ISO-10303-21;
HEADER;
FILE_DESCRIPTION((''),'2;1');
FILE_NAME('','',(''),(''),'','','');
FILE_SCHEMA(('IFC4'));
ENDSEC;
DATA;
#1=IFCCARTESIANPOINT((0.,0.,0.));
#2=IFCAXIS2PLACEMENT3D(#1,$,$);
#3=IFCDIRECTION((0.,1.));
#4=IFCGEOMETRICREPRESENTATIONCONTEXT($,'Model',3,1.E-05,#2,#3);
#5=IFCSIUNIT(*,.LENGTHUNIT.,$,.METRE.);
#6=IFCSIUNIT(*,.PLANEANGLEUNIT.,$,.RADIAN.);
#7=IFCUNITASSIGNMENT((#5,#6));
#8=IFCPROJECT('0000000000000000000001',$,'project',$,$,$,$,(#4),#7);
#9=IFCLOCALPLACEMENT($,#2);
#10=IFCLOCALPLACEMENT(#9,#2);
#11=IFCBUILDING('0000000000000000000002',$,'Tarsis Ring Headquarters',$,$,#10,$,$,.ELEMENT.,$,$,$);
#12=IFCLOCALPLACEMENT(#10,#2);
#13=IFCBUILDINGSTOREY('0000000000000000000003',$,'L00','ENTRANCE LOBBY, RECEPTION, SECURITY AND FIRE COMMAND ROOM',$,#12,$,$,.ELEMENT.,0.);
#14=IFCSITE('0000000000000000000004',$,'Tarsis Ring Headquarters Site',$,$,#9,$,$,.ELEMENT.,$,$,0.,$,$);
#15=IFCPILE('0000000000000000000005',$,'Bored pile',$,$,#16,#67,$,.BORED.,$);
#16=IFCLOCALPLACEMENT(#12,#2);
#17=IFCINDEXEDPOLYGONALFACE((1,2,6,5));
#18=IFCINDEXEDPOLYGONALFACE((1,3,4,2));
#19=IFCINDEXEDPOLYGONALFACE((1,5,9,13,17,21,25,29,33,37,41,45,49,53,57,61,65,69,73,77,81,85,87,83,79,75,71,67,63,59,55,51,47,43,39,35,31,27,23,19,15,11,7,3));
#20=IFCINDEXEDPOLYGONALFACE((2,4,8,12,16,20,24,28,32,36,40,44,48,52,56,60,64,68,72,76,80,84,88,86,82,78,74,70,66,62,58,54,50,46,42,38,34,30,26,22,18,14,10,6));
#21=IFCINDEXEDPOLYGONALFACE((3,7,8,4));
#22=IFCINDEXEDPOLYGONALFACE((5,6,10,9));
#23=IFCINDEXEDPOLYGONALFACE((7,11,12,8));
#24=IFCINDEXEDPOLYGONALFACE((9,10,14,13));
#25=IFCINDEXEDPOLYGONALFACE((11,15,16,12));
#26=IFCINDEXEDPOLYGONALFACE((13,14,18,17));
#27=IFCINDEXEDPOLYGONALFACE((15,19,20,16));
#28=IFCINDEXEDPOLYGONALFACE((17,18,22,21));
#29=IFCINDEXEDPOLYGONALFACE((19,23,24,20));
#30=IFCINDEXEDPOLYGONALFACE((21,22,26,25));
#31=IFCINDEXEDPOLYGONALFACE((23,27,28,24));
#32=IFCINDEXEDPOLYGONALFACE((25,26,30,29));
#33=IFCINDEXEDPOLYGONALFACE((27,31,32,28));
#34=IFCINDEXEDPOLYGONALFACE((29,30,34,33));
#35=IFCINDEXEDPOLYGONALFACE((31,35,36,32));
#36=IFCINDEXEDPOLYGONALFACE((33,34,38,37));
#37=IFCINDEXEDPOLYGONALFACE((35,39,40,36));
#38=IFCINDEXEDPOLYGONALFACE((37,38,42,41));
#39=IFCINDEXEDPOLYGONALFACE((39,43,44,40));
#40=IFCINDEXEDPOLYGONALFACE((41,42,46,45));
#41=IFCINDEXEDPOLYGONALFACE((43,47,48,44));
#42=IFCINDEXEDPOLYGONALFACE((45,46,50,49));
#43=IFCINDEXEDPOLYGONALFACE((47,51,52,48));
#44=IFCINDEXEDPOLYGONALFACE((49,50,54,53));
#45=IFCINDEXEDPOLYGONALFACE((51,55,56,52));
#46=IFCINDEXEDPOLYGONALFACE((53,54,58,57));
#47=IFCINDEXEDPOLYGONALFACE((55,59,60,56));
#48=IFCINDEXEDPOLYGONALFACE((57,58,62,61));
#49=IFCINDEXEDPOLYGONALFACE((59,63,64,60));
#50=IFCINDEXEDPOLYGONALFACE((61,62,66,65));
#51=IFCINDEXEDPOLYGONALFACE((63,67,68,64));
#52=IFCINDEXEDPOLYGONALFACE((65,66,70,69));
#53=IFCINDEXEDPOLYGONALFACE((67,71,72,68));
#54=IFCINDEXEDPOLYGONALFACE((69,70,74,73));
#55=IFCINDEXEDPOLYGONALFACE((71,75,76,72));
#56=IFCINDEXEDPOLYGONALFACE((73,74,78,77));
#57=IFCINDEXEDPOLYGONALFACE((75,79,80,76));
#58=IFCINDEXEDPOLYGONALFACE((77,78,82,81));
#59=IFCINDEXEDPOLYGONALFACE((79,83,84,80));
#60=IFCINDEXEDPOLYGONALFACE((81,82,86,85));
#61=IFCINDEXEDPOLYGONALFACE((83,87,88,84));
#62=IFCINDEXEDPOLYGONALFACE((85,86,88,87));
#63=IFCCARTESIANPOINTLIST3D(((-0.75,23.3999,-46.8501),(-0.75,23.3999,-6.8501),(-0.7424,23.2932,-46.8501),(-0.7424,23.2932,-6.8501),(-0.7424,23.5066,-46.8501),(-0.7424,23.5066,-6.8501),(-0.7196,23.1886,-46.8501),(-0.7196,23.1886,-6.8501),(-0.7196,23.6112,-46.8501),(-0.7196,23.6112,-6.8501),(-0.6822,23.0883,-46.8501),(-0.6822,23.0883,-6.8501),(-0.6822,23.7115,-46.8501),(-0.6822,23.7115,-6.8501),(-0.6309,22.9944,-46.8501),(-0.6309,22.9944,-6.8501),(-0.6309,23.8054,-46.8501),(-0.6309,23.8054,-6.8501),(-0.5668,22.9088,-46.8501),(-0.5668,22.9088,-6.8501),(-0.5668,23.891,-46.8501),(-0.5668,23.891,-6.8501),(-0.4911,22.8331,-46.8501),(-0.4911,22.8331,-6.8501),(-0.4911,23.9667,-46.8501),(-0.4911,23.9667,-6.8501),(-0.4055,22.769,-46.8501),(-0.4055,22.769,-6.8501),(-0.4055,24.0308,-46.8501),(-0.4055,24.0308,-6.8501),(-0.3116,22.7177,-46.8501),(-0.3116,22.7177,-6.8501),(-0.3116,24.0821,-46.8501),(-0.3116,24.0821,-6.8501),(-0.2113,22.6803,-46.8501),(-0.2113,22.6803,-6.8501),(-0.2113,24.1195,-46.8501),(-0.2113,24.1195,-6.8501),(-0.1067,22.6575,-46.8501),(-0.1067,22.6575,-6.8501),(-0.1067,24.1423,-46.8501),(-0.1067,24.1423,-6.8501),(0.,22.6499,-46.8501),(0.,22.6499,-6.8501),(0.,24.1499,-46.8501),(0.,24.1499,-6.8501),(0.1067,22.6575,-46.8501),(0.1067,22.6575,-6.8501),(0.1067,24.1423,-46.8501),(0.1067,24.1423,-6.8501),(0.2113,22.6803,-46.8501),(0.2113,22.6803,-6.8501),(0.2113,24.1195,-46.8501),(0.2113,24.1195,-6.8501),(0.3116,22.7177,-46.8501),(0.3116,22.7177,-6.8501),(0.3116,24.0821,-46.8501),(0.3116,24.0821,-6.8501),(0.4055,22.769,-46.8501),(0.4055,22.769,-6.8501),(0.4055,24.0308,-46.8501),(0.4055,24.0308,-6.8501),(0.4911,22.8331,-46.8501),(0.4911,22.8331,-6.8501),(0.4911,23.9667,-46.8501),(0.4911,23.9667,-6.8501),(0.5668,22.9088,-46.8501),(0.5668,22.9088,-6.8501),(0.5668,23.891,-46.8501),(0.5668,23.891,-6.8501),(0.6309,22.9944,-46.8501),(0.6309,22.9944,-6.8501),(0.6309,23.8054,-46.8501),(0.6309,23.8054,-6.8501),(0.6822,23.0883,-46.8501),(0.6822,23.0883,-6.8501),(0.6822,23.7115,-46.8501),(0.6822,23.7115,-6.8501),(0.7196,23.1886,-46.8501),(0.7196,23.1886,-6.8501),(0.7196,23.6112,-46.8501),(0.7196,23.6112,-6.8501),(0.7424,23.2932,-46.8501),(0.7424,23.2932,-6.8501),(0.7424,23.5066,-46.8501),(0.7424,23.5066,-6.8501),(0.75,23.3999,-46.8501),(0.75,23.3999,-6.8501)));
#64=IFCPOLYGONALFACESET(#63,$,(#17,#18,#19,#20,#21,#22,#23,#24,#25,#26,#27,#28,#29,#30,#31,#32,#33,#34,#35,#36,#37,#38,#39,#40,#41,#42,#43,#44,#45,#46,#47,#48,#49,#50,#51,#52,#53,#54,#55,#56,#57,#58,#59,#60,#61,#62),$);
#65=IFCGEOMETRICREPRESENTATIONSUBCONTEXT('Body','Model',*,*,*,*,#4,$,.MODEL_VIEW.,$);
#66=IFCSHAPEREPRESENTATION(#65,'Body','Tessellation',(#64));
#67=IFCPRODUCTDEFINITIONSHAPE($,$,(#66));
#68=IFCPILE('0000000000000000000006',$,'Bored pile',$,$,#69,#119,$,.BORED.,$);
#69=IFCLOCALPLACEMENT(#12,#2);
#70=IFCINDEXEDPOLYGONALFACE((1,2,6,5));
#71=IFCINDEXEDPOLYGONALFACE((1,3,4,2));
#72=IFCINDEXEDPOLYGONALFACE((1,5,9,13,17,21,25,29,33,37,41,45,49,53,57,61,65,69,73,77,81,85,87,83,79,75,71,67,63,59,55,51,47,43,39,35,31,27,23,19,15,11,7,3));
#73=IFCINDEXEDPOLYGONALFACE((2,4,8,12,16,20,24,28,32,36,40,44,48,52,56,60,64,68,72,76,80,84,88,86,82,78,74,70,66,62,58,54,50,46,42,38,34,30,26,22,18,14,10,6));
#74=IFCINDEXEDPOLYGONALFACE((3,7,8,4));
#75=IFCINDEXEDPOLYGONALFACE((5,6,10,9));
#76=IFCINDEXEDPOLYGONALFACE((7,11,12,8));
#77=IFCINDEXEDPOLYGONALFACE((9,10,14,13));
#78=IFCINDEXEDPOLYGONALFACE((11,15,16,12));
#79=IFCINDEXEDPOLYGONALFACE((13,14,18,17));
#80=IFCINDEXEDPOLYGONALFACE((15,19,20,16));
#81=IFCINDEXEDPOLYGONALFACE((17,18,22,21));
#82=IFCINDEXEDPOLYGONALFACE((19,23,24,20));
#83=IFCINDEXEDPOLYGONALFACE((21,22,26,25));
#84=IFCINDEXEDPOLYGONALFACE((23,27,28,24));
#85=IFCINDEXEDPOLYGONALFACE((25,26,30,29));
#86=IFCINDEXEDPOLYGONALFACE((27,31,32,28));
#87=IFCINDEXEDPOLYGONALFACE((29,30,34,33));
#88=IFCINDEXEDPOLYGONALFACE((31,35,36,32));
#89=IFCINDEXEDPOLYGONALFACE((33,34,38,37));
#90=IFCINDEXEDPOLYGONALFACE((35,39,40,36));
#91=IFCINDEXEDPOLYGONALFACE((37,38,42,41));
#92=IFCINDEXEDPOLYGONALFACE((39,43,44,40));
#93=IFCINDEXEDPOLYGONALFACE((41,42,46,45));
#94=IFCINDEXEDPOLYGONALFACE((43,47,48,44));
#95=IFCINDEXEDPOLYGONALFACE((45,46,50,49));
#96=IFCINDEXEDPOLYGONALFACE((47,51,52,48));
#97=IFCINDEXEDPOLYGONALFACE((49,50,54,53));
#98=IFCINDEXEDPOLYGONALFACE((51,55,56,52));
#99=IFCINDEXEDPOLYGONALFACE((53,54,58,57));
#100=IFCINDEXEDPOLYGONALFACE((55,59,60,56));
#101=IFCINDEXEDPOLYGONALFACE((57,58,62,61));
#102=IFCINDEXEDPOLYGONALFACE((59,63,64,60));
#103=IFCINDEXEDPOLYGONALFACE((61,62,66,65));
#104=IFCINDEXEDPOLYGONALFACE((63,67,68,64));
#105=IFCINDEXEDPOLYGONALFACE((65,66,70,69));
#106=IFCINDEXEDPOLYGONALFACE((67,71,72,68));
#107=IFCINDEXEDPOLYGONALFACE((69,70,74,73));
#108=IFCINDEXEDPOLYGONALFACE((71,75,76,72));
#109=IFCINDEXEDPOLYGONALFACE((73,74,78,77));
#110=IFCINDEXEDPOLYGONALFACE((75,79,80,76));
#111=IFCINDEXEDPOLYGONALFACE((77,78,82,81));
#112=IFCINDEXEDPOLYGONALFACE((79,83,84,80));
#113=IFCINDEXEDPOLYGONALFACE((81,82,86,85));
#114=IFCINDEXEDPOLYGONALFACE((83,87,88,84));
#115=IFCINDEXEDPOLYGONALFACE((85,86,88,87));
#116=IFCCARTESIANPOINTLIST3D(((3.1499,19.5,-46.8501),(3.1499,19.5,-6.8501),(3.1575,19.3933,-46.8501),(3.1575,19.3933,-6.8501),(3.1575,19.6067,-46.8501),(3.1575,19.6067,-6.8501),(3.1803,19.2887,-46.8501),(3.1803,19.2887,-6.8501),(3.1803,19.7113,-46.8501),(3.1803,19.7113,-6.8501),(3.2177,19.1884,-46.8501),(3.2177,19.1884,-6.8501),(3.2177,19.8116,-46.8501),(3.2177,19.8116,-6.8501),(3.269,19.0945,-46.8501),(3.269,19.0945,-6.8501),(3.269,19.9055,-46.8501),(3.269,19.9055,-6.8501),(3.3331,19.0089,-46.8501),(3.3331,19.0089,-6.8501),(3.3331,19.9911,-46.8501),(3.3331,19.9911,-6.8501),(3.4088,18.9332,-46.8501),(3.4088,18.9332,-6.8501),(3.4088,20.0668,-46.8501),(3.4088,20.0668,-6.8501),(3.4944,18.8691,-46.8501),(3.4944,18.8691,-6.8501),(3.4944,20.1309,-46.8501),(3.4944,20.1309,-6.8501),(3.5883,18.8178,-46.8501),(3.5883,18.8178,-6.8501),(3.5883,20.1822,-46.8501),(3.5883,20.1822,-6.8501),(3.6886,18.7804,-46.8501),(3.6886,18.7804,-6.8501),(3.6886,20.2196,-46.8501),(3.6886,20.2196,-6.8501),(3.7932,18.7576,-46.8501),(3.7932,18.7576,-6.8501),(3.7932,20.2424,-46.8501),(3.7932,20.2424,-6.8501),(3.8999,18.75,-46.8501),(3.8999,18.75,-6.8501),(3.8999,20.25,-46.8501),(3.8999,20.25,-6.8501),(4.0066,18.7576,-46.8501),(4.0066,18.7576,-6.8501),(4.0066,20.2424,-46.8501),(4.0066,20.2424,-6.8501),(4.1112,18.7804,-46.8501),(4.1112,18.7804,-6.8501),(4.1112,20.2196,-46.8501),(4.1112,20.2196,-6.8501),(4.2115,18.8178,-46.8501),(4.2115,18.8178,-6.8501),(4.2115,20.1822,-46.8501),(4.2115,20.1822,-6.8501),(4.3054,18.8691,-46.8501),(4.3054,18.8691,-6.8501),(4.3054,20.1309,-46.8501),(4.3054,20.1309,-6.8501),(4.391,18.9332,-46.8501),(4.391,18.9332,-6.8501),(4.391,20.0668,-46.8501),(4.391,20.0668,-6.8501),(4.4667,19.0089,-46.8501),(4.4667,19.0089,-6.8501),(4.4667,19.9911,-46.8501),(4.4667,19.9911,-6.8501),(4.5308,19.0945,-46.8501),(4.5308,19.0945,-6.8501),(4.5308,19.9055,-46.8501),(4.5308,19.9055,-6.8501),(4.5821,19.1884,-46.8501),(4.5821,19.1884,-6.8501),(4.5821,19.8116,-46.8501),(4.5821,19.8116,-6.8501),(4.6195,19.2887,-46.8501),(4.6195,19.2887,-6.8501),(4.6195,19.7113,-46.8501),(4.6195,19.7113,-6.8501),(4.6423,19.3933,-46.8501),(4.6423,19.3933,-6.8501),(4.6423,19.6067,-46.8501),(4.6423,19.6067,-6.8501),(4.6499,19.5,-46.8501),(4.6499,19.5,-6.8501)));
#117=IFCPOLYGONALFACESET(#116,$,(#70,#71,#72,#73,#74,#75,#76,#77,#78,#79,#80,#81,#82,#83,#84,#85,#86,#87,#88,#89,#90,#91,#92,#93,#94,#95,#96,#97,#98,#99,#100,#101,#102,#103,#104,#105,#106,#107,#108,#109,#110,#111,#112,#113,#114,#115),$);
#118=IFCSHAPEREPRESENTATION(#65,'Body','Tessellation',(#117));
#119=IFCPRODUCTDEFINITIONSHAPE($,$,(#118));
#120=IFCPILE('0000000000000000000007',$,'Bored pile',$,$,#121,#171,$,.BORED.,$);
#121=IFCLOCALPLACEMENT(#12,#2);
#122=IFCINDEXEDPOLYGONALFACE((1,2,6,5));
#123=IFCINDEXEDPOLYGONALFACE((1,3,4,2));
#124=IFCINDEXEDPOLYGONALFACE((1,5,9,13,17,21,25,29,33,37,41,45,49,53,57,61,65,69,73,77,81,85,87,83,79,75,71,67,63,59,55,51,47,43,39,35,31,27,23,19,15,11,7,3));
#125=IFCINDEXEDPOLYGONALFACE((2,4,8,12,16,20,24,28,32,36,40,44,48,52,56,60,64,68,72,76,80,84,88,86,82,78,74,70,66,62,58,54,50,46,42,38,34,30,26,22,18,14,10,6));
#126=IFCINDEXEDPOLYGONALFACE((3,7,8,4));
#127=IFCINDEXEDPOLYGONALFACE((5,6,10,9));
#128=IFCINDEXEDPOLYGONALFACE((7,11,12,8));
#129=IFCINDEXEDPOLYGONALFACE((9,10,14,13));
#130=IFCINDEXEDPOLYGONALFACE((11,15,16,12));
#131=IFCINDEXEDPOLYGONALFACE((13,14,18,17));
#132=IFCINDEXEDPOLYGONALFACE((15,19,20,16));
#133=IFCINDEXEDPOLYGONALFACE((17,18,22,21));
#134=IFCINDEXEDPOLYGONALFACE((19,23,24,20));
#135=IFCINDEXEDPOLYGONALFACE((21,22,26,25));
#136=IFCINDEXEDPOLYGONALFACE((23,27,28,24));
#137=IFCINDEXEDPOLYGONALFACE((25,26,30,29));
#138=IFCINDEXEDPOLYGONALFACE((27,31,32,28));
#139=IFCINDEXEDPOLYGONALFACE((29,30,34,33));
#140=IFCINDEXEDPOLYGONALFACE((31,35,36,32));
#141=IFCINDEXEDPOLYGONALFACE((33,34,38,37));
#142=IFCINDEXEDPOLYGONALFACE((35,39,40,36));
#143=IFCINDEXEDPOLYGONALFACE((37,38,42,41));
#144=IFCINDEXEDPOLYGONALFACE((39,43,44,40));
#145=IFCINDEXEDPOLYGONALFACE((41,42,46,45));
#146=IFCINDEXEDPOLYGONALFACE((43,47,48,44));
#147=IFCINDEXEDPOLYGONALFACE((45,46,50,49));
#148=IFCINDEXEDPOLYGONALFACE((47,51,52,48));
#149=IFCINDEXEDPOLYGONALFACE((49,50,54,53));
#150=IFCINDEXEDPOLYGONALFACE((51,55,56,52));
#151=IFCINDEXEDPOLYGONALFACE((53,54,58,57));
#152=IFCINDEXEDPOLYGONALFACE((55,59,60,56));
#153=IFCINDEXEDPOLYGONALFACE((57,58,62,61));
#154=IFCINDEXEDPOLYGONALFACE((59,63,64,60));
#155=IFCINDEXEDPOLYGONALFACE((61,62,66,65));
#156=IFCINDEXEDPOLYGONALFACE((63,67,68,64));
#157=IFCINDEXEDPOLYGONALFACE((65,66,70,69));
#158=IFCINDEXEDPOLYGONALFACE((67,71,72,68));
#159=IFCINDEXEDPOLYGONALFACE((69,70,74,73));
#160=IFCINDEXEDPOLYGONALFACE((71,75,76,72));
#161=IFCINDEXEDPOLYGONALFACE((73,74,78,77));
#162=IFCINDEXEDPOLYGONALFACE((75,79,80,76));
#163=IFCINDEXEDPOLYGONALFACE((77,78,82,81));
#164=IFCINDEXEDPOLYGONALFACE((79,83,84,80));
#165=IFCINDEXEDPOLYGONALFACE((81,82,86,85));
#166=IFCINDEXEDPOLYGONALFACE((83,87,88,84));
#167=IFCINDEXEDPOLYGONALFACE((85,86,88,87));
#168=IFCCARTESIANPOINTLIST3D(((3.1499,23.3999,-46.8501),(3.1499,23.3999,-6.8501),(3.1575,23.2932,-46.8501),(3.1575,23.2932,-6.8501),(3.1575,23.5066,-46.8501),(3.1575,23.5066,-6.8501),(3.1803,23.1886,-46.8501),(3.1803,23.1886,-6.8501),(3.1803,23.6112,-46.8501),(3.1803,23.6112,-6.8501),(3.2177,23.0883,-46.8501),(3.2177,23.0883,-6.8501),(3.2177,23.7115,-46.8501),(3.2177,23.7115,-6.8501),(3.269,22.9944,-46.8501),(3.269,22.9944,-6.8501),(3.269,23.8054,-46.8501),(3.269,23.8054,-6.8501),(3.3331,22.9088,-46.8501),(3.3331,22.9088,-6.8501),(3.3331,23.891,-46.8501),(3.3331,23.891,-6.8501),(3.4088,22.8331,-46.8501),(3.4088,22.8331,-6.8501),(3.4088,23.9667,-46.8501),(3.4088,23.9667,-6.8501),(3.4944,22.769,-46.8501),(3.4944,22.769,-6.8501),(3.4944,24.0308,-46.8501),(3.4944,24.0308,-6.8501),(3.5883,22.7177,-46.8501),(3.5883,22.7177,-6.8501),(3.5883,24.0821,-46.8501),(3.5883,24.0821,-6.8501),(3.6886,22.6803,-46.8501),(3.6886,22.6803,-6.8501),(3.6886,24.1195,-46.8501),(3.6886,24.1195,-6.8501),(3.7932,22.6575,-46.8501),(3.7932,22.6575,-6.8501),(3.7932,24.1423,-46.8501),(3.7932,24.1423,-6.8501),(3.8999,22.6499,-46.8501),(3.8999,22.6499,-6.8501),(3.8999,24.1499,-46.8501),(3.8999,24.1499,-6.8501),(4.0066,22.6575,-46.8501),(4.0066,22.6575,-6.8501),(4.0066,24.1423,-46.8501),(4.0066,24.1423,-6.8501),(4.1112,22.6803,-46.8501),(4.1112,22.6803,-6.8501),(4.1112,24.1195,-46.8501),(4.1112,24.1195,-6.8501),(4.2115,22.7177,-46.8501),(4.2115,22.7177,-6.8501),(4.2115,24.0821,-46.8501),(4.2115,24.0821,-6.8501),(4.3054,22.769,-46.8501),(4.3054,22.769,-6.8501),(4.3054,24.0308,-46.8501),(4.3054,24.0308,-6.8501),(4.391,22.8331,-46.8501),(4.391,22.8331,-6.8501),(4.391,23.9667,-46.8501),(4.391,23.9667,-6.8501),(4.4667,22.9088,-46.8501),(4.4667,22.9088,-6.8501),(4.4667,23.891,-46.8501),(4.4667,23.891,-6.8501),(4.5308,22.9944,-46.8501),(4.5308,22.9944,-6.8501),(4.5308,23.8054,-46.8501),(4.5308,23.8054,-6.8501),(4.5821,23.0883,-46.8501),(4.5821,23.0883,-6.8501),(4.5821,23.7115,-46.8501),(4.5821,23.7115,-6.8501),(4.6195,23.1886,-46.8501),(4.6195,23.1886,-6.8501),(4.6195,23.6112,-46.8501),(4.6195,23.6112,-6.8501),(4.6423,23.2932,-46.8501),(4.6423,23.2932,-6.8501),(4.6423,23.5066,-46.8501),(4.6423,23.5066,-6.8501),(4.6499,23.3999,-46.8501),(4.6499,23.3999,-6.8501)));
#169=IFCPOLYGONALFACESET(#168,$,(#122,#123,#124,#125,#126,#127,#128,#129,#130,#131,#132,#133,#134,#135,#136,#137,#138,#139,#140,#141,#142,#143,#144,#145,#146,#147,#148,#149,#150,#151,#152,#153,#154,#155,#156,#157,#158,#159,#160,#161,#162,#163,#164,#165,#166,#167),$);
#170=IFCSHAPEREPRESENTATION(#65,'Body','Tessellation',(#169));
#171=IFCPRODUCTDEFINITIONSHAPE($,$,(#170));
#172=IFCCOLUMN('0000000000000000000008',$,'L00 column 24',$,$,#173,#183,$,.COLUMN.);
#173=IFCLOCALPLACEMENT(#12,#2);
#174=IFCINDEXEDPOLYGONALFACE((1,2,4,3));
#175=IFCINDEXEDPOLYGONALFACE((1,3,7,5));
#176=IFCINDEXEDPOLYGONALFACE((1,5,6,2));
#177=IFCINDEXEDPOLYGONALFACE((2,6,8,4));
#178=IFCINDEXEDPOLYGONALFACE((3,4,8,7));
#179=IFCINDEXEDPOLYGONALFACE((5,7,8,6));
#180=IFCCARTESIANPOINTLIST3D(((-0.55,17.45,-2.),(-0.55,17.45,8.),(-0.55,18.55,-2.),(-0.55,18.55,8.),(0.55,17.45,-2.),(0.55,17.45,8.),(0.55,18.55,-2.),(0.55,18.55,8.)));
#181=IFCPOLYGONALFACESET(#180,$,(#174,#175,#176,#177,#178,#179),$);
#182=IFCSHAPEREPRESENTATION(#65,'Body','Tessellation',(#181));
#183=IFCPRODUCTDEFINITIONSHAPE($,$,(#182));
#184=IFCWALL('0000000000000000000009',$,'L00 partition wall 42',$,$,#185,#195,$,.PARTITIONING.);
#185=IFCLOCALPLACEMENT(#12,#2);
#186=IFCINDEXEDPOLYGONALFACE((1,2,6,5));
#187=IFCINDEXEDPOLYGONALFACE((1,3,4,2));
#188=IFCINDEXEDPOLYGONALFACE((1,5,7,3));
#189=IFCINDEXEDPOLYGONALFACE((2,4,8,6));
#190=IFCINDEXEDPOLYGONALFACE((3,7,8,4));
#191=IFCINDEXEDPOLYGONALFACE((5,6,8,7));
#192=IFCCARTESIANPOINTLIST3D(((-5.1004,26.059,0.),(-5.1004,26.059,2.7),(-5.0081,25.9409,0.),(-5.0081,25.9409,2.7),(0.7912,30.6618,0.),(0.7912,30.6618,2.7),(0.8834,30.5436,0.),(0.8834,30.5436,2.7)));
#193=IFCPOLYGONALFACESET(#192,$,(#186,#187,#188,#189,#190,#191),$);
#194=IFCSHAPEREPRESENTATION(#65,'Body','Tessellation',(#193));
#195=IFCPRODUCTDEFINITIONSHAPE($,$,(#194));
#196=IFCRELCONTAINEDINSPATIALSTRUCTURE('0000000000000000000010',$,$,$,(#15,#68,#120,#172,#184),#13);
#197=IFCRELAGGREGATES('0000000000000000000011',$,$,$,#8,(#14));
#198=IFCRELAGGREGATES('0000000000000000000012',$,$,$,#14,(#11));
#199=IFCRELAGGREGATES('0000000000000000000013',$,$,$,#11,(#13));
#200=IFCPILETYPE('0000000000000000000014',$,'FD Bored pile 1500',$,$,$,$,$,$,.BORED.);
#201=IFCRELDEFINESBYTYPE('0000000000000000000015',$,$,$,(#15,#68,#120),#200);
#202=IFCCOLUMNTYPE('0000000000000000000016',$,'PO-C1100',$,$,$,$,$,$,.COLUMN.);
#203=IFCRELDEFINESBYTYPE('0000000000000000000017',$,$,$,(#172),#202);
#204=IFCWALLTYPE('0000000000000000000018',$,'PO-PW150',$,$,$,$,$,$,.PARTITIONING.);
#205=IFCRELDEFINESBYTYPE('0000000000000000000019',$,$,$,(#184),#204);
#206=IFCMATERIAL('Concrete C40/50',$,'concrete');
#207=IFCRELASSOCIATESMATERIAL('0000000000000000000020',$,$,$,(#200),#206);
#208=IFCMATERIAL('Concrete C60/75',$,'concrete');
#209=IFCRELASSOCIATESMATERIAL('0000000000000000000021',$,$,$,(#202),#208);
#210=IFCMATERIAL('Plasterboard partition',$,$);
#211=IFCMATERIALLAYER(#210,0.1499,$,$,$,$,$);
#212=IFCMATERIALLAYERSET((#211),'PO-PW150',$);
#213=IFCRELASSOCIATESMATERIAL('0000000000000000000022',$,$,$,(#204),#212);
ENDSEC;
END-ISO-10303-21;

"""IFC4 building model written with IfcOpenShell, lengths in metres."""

from ifc_helpers import new_model, si_unit, direction, frame, frame_2d, origin, origin_2d, place, context, subcontext, project, spatial, rectangle, circle, extrude, material, layer, layer_set, material_profile, profile_set, type_object, element, save


model = new_model("IFC4")

# Units and contexts
model_context = context("Model", 3, precision=1e-05, world=origin(), true_north=direction((0.0, 1.0)))
body_context = subcontext(model_context, "Body", "Model", "MODEL_VIEW")
ifc_project = project(units=[si_unit("LENGTHUNIT", "METRE"), si_unit("PLANEANGLEUNIT", "RADIAN")], contexts=[model_context])

# Site, building, storey
site_placement = place(None, origin())
site = spatial("IfcSite", under=ifc_project, at=site_placement, Name="Tarsis Ring Headquarters Site", CompositionType="ELEMENT", RefElevation=0.0)
building_placement = place(site_placement, origin())
building = spatial("IfcBuilding", under=site, at=building_placement, Name="Tarsis Ring Headquarters", CompositionType="ELEMENT")
storey_placement = place(building_placement, origin())
storey = spatial("IfcBuildingStorey", under=building, at=storey_placement, Name="L00", Description="ENTRANCE LOBBY, RECEPTION, SECURITY AND FIRE COMMAND ROOM", CompositionType="ELEMENT", Elevation=0.0)

# Piles
ifc_material_1 = material(Name="Concrete C40/50", Category="concrete")
ifc_material_profile_1 = material_profile(ifc_material_1, circle(Radius=0.75, at=origin_2d()), Name="BORED 1500")
ifc_profile_set_1 = profile_set([ifc_material_profile_1], Name="Concrete C40/50")
pile_type = type_object("IfcPileType", Name="FD Bored pile 1500", PredefinedType="BORED", material=ifc_profile_set_1)
for number, where, z_axis, x_axis, name in (
    (1, (0.0, 23.3999, -6.8501), (0.0, 0.0, -1.0), (1.0, 0.0, 0.0), "Bored pile"),
    (2, (3.8999, 19.5, -6.8501), (0.0, 0.0, -1.0), (1.0, 0.0, 0.0), "Bored pile"),
    (3, (3.8999, 23.3999, -6.8501), (0.0, 0.0, -1.0), (1.0, 0.0, 0.0), "Bored pile"),
):
    element("IfcPile", number, at=place(storey_placement, frame(where, z_axis=z_axis, x_axis=x_axis)), inside=storey, type_object=pile_type, Name=name, PredefinedType="BORED", context=body_context, shape_type="SweptSolid", body=[
        extrude(circle(Radius=0.75, at=origin_2d()), origin(), (0.0, 0.0, 1.0), 40.0),
    ])

# Column
ifc_material_2 = material(Name="Concrete C60/75", Category="concrete")
ifc_material_profile_2 = material_profile(ifc_material_2, rectangle(XDim=1.1001, YDim=1.1001, at=origin_2d()), Name="PO-C1100")
ifc_profile_set_2 = profile_set([ifc_material_profile_2], Name="Concrete C60/75")
column_type = type_object("IfcColumnType", Name="PO-C1100", PredefinedType="COLUMN", material=ifc_profile_set_2)
column_placement = place(storey_placement, frame((0.0, 18.0, -2.0), z_axis=(0.0, 0.0, 1.0), x_axis=(1.0, 0.0, 0.0)))
element("IfcColumn", 4, at=column_placement, inside=storey, type_object=column_type, Name="L00 column 24", PredefinedType="COLUMN", context=body_context, shape_type="SweptSolid", body=[
    extrude(rectangle(XDim=1.1001, YDim=1.1001, at=origin_2d()), origin(), (0.0, 0.0, 1.0), 10.0),
])

# Wall
ifc_material_3 = material(Name="Plasterboard partition")
ifc_layer_1 = layer(ifc_material_3, 0.1499)
ifc_layer_set_1 = layer_set([ifc_layer_1], Name="PO-PW150")
wall_type_1 = type_object("IfcWallType", Name="PO-PW150", PredefinedType="PARTITIONING", material=ifc_layer_set_1)
wall_1_placement = place(storey_placement, frame((0.8374, 30.6028, 0.0), z_axis=(0.0, 0.0, 1.0), x_axis=(-0.788026, -0.615642, 0.0)))
element("IfcWall", 5, at=wall_1_placement, inside=storey, type_object=wall_type_1, Name="L00 partition wall 42", PredefinedType="PARTITIONING", context=body_context, shape_type="SweptSolid", body=[
    extrude(rectangle(XDim=7.4763, YDim=0.1499, at=frame_2d((3.7383, 0.0))), origin(), (0.0, 0.0, 1.0), 2.7),
])

save(model, "model.ifc")
